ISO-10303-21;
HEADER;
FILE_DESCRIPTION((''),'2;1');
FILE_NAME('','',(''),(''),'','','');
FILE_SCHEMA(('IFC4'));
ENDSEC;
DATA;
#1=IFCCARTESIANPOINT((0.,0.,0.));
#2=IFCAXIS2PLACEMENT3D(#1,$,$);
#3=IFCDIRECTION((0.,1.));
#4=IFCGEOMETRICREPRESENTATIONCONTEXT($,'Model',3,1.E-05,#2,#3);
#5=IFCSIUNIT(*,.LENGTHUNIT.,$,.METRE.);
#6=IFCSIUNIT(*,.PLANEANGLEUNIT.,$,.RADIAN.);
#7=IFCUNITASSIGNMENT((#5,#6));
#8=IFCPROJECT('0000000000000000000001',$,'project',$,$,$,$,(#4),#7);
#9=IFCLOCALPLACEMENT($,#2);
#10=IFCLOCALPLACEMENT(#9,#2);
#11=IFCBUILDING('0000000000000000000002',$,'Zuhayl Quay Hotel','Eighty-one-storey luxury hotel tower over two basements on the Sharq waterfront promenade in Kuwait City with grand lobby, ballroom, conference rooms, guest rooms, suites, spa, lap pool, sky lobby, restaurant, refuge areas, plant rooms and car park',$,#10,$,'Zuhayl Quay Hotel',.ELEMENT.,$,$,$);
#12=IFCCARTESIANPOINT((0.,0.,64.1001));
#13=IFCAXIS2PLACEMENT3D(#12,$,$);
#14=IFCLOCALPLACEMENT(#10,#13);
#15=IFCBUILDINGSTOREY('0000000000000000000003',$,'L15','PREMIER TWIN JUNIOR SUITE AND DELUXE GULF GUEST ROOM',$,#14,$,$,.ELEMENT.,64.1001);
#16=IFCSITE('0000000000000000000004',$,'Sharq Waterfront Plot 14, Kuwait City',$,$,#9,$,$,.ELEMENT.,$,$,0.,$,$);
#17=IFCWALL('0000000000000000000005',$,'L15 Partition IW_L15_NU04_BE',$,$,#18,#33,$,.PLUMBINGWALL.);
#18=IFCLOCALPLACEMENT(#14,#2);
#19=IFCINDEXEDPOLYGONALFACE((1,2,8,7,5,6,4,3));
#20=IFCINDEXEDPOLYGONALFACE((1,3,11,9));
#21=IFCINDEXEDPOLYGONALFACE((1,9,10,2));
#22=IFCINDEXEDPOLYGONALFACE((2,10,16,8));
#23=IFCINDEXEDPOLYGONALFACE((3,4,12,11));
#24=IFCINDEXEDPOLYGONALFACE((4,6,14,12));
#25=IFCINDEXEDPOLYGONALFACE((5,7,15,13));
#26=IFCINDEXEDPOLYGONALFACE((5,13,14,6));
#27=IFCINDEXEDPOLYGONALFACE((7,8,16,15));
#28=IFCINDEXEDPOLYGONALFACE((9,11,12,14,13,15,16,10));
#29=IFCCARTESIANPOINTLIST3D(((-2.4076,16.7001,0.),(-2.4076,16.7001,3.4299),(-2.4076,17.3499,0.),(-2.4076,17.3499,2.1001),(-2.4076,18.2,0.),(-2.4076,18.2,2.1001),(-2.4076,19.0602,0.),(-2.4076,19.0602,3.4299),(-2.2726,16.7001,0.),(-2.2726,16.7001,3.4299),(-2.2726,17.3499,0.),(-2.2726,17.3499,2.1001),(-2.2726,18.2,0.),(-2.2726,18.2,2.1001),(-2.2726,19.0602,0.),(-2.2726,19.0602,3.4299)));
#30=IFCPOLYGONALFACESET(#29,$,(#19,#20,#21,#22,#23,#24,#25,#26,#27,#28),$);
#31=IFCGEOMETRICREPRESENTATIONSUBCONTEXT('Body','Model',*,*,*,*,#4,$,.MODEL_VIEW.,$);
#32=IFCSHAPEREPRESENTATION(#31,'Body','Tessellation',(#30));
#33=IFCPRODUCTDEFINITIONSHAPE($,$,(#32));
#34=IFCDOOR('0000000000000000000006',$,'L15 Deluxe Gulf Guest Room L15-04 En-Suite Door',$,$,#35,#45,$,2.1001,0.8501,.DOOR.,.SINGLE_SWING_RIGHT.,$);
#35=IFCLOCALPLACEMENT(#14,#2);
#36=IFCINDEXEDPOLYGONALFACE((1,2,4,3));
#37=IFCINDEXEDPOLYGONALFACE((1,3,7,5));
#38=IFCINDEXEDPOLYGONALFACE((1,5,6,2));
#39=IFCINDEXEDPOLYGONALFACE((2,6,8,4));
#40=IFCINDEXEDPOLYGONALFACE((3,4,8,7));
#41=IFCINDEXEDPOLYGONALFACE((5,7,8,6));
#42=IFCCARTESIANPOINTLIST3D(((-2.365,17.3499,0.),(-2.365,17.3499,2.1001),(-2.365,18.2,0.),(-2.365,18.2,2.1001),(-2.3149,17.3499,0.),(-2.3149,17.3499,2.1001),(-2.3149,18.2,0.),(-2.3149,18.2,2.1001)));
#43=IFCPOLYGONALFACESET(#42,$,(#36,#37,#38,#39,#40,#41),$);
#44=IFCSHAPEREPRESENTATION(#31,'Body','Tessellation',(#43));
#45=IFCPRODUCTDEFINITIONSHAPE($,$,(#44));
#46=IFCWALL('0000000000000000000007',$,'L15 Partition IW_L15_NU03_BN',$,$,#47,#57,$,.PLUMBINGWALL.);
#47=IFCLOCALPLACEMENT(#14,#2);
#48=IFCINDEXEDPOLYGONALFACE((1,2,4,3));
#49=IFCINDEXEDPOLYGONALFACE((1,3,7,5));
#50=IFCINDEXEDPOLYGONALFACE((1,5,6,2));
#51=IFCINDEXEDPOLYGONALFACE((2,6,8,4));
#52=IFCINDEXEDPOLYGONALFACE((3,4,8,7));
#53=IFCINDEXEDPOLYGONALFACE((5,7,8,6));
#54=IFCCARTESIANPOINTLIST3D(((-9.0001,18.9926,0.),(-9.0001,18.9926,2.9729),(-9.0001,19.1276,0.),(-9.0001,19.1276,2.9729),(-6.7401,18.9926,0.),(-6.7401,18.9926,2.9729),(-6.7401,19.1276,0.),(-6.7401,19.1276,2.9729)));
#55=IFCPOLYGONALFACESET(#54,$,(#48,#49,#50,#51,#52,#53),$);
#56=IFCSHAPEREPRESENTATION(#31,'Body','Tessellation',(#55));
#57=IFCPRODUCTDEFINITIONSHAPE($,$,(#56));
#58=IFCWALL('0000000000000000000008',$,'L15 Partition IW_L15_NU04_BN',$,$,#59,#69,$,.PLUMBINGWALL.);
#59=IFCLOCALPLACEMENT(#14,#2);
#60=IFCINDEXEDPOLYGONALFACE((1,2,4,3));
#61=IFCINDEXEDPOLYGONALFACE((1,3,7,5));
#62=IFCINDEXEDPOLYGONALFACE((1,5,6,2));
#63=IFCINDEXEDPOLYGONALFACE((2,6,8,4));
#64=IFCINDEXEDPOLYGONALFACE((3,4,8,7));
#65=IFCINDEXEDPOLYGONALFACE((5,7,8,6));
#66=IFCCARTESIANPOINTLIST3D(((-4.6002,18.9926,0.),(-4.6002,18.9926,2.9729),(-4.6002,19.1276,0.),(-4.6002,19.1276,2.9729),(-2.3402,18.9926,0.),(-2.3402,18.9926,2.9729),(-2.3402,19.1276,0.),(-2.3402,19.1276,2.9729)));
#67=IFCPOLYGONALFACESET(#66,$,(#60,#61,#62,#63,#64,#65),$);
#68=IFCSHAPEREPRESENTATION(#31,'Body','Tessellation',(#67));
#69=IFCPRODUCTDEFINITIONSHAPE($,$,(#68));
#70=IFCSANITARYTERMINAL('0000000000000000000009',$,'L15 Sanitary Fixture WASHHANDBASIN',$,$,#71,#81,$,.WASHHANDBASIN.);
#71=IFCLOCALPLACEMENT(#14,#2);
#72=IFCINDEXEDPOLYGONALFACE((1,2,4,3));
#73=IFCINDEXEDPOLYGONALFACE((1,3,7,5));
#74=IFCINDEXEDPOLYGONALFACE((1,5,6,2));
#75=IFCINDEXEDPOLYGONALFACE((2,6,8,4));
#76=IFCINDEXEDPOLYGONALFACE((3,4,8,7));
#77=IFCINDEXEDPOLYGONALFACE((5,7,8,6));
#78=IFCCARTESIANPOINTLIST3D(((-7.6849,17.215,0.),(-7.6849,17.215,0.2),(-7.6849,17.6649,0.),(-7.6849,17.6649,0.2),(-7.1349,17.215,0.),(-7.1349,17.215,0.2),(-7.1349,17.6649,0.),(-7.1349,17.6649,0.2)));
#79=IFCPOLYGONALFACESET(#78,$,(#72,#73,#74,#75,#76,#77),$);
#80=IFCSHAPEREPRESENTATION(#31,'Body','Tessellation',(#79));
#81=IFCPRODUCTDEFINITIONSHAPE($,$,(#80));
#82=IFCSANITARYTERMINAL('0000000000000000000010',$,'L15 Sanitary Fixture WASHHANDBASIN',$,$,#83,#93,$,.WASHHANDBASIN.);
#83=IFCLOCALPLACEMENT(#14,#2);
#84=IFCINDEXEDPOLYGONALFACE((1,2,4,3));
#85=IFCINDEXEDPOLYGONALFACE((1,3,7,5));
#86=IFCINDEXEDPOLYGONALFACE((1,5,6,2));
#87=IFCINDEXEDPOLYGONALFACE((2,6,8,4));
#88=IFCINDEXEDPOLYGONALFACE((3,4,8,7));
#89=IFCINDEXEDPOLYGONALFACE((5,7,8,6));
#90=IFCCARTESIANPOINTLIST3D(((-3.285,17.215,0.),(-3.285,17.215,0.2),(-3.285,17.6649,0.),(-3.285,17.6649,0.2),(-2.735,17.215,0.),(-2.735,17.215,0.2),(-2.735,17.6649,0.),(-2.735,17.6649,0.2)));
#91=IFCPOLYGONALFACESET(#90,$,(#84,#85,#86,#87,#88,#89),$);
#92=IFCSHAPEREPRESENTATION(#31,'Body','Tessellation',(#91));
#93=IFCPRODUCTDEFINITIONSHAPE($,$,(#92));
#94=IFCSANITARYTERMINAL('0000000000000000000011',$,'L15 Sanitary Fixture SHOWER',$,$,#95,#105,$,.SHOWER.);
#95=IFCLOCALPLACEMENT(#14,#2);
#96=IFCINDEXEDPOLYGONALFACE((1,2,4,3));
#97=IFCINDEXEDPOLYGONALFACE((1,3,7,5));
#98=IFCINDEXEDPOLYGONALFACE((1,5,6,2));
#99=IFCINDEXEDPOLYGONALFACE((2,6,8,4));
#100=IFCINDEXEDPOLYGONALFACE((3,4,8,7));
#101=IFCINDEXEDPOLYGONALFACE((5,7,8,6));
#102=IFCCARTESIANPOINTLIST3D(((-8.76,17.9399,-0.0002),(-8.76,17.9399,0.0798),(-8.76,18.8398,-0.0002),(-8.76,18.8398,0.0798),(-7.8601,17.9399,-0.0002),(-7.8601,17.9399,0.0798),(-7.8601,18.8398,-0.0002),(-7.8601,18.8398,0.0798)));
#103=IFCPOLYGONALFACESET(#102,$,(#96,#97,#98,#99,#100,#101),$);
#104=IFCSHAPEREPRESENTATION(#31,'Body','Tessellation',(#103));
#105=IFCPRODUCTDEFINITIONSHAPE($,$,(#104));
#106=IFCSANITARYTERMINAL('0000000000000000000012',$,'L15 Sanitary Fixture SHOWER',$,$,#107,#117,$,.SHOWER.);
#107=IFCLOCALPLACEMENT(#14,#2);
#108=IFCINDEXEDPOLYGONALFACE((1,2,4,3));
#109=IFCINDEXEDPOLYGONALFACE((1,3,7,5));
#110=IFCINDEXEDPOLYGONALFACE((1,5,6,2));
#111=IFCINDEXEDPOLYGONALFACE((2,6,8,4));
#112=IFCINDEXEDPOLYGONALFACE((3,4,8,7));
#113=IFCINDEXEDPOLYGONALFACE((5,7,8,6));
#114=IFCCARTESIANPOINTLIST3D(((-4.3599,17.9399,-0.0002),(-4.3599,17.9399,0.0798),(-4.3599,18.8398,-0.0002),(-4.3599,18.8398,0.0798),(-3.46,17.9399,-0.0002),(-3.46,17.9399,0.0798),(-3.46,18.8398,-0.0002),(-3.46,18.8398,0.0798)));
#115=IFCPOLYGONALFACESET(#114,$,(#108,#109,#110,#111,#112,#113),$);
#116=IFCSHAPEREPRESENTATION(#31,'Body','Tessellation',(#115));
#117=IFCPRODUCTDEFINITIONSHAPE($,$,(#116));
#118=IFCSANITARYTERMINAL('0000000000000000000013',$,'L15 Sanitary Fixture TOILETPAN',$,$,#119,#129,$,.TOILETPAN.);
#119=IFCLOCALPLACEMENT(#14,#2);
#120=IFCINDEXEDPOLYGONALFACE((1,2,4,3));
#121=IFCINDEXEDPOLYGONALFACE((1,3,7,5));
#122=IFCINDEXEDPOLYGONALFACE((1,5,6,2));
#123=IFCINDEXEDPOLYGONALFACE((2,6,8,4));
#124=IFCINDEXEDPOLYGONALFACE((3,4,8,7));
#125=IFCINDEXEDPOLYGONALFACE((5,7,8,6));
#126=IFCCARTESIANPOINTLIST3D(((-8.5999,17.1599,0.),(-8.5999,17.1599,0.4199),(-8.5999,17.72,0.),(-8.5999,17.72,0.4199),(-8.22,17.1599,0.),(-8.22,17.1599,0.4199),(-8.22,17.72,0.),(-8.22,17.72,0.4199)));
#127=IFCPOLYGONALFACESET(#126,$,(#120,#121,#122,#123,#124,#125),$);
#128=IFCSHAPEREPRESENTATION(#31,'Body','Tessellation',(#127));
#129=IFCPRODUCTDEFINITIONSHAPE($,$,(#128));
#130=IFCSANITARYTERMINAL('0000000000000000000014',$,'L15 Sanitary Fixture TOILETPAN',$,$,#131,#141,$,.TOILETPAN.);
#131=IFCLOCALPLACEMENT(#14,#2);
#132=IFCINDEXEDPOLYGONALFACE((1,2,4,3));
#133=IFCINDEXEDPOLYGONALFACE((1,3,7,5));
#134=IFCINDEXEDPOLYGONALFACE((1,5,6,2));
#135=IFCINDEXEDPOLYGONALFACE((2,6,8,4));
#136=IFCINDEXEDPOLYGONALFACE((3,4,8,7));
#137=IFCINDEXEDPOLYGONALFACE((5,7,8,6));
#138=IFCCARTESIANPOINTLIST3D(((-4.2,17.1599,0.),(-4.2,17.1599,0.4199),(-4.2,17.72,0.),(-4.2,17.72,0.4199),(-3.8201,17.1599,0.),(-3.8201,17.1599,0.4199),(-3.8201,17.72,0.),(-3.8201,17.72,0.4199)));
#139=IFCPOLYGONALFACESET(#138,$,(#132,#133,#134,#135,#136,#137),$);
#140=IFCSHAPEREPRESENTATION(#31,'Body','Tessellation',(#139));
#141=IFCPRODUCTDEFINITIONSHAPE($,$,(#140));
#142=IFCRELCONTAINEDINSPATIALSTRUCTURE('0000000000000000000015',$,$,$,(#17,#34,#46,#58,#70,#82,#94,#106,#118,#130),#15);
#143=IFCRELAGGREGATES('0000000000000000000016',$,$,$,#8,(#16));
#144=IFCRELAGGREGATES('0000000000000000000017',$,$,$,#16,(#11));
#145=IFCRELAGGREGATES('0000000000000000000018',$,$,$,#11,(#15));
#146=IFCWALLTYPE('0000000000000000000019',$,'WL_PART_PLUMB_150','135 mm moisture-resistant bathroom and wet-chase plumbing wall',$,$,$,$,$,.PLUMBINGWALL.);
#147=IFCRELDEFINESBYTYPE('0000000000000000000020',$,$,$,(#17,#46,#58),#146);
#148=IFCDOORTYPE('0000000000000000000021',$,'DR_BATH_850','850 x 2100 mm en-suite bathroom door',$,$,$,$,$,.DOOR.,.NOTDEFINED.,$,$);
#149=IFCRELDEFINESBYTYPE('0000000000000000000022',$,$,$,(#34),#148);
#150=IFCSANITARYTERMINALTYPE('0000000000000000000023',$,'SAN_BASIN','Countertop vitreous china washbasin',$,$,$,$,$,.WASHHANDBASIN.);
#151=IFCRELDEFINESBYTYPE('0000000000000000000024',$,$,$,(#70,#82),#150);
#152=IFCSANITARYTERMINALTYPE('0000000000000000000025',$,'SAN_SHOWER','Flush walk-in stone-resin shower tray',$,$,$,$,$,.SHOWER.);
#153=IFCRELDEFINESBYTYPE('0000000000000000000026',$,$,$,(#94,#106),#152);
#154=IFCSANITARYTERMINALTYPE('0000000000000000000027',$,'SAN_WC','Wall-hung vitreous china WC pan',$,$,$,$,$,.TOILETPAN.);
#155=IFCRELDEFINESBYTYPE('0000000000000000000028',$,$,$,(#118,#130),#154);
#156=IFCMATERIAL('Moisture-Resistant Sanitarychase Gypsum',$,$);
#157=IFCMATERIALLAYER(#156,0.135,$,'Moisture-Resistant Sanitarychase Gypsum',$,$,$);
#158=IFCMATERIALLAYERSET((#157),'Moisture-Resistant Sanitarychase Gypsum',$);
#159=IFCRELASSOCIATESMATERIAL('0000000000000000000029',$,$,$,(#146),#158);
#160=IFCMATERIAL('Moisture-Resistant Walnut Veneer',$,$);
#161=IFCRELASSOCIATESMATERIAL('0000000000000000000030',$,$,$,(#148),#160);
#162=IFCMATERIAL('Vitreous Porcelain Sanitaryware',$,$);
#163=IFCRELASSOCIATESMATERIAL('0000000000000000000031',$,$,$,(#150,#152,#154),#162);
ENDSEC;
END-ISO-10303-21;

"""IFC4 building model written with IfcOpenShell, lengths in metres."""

from ifc_helpers import new_model, si_unit, direction, frame, frame_2d, origin, origin_2d, place, context, subcontext, project, spatial, rectangle, extrude, material, layer, layer_set, type_object, element, fill, save


model = new_model("IFC4")

# Units and contexts
model_context = context("Model", 3, precision=1e-05, world=origin(), true_north=direction((0.0, 1.0)))
body_context = subcontext(model_context, "Body", "Model", "MODEL_VIEW")
ifc_project = project(units=[si_unit("LENGTHUNIT", "METRE"), si_unit("PLANEANGLEUNIT", "RADIAN")], contexts=[model_context])

# Site, building, storey
site_placement = place(None, origin())
site = spatial("IfcSite", under=ifc_project, at=site_placement, Name="Sharq Waterfront Plot 14, Kuwait City", CompositionType="ELEMENT", RefElevation=0.0)
building_placement = place(site_placement, origin())
building = spatial("IfcBuilding", under=site, at=building_placement, Name="Zuhayl Quay Hotel", Description="Eighty-one-storey luxury hotel tower over two basements on the Sharq waterfront promenade in Kuwait City with grand lobby, ballroom, conference rooms, guest rooms, suites, spa, lap pool, sky lobby, restaurant, refuge areas, plant rooms and car park", LongName="Zuhayl Quay Hotel", CompositionType="ELEMENT")
storey_placement = place(building_placement, frame((0.0, 0.0, 64.1001)))
storey = spatial("IfcBuildingStorey", under=building, at=storey_placement, Name="L15", Description="PREMIER TWIN JUNIOR SUITE AND DELUXE GULF GUEST ROOM", CompositionType="ELEMENT", Elevation=64.1001)

# Wall, opening, door
ifc_material_1 = material(Name="Moisture-Resistant Sanitarychase Gypsum")
ifc_layer_1 = layer(ifc_material_1, 0.135, Name="Moisture-Resistant Sanitarychase Gypsum")
ifc_layer_set_1 = layer_set([ifc_layer_1], Name="Moisture-Resistant Sanitarychase Gypsum")
wall_type_1 = type_object("IfcWallType", Name="WL_PART_PLUMB_150", Description="135 mm moisture-resistant bathroom and wet-chase plumbing wall", PredefinedType="PLUMBINGWALL", material=ifc_layer_set_1)
ifc_material_2 = material(Name="Moisture-Resistant Walnut Veneer")
door_type_1 = type_object("IfcDoorType", Name="DR_BATH_850", Description="850 x 2100 mm en-suite bathroom door", OperationType="NOTDEFINED", PredefinedType="DOOR", material=ifc_material_2)
wall_1_placement = place(storey_placement, frame((-2.3401, 16.7, 0.0), z_axis=(0.0, 0.0, 1.0), x_axis=(0.0, 1.0, 0.0)))
wall_1 = element("IfcWall", 1, at=wall_1_placement, inside=storey, type_object=wall_type_1, Name="L15 Partition IW_L15_NU04_BE", PredefinedType="PLUMBINGWALL", context=body_context, shape_type="SweptSolid", body=[
    extrude(rectangle(XDim=2.3601, YDim=0.135, at=frame_2d((1.1802, 0.0))), origin(), (0.0, 0.0, 1.0), 3.4299),
])
opening_1_placement = place(wall_1_placement, frame((0.6499, 0.0, 0.0)))
opening_1 = element("IfcOpeningElement", 2, at=opening_1_placement, cuts=wall_1, PredefinedType="OPENING", context=body_context, shape_type="SweptSolid", body=[
    extrude(rectangle(XDim=0.8501, YDim=2.1001, at=frame_2d((0.425, 1.05))), frame((0.0, 0.0774, 0.0), z_axis=(0.0, -1.0, 0.0), x_axis=(1.0, 0.0, 0.0)), (0.0, 0.0, 1.0), 0.155),
])
door_1_placement = place(opening_1_placement, origin())
door_1 = element("IfcDoor", 3, at=door_1_placement, inside=storey, type_object=door_type_1, Name="L15 Deluxe Gulf Guest Room L15-04 En-Suite Door", OperationType="SINGLE_SWING_RIGHT", OverallHeight=2.1001, OverallWidth=0.8501, PredefinedType="DOOR", context=body_context, shape_type="SweptSolid", body=[
    extrude(rectangle(XDim=0.8501, YDim=2.1001, at=frame_2d((0.425, 1.05))), frame((0.0, 0.0249, 0.0), z_axis=(0.0, -1.0, 0.0), x_axis=(1.0, 0.0, 0.0)), (0.0, 0.0, 1.0), 0.05),
])
fill(opening_1, door_1)

# Walls
for number, where, z_axis, x_axis, name in (
    (4, (-9.0, 19.0601, 0.0), (0.0, 0.0, 1.0), (1.0, 0.0, 0.0), "L15 Partition IW_L15_NU03_BN"),
    (5, (-4.6001, 19.0601, 0.0), (0.0, 0.0, 1.0), (1.0, 0.0, 0.0), "L15 Partition IW_L15_NU04_BN"),
):
    element("IfcWall", number, at=place(storey_placement, frame(where, z_axis=z_axis, x_axis=x_axis)), inside=storey, type_object=wall_type_1, Name=name, PredefinedType="PLUMBINGWALL", context=body_context, shape_type="SweptSolid", body=[
        extrude(rectangle(XDim=2.26, YDim=0.135, at=frame_2d((1.1299, 0.0))), origin(), (0.0, 0.0, 1.0), 2.9729),
    ])

# Sanitary terminals
ifc_material_3 = material(Name="Vitreous Porcelain Sanitaryware")
sanitary_terminal_type_1 = type_object("IfcSanitaryTerminalType", Name="SAN_BASIN", Description="Countertop vitreous china washbasin", PredefinedType="WASHHANDBASIN", material=ifc_material_3)
for number, where, z_axis, x_axis, name in (
    (6, (-7.4099, 17.4399, 0.0), (0.0, 0.0, 1.0), (1.0, 0.0, 0.0), "L15 Sanitary Fixture WASHHANDBASIN"),
    (7, (-3.01, 17.4399, 0.0), (0.0, 0.0, 1.0), (1.0, 0.0, 0.0), "L15 Sanitary Fixture WASHHANDBASIN"),
):
    element("IfcSanitaryTerminal", number, at=place(storey_placement, frame(where, z_axis=z_axis, x_axis=x_axis)), inside=storey, type_object=sanitary_terminal_type_1, Name=name, PredefinedType="WASHHANDBASIN", context=body_context, shape_type="SweptSolid", body=[
        extrude(rectangle(XDim=0.55, YDim=0.45, at=origin_2d()), origin(), (0.0, 0.0, 1.0), 0.2),
    ])
sanitary_terminal_type_2 = type_object("IfcSanitaryTerminalType", Name="SAN_SHOWER", Description="Flush walk-in stone-resin shower tray", PredefinedType="SHOWER", material=ifc_material_3)
for number, where, z_axis, x_axis, name in (
    (8, (-8.3101, 18.3899, -0.0002), (0.0, 0.0, 1.0), (1.0, 0.0, 0.0), "L15 Sanitary Fixture SHOWER"),
    (9, (-3.9099, 18.3899, -0.0002), (0.0, 0.0, 1.0), (1.0, 0.0, 0.0), "L15 Sanitary Fixture SHOWER"),
):
    element("IfcSanitaryTerminal", number, at=place(storey_placement, frame(where, z_axis=z_axis, x_axis=x_axis)), inside=storey, type_object=sanitary_terminal_type_2, Name=name, PredefinedType="SHOWER", context=body_context, shape_type="SweptSolid", body=[
        extrude(rectangle(XDim=0.8999, YDim=0.8999, at=origin_2d()), origin(), (0.0, 0.0, 1.0), 0.0801),
    ])
sanitary_terminal_type_3 = type_object("IfcSanitaryTerminalType", Name="SAN_WC", Description="Wall-hung vitreous china WC pan", PredefinedType="TOILETPAN", material=ifc_material_3)
for number, where, z_axis, x_axis, name in (
    (10, (-8.4099, 17.4399, 0.0), (0.0, 0.0, 1.0), (1.0, 0.0, 0.0), "L15 Sanitary Fixture TOILETPAN"),
    (11, (-4.01, 17.4399, 0.0), (0.0, 0.0, 1.0), (1.0, 0.0, 0.0), "L15 Sanitary Fixture TOILETPAN"),
):
    element("IfcSanitaryTerminal", number, at=place(storey_placement, frame(where, z_axis=z_axis, x_axis=x_axis)), inside=storey, type_object=sanitary_terminal_type_3, Name=name, PredefinedType="TOILETPAN", context=body_context, shape_type="SweptSolid", body=[
        extrude(rectangle(XDim=0.3799, YDim=0.5601, at=origin_2d()), origin(), (0.0, 0.0, 1.0), 0.4199),
    ])

save(model, "model.ifc")
